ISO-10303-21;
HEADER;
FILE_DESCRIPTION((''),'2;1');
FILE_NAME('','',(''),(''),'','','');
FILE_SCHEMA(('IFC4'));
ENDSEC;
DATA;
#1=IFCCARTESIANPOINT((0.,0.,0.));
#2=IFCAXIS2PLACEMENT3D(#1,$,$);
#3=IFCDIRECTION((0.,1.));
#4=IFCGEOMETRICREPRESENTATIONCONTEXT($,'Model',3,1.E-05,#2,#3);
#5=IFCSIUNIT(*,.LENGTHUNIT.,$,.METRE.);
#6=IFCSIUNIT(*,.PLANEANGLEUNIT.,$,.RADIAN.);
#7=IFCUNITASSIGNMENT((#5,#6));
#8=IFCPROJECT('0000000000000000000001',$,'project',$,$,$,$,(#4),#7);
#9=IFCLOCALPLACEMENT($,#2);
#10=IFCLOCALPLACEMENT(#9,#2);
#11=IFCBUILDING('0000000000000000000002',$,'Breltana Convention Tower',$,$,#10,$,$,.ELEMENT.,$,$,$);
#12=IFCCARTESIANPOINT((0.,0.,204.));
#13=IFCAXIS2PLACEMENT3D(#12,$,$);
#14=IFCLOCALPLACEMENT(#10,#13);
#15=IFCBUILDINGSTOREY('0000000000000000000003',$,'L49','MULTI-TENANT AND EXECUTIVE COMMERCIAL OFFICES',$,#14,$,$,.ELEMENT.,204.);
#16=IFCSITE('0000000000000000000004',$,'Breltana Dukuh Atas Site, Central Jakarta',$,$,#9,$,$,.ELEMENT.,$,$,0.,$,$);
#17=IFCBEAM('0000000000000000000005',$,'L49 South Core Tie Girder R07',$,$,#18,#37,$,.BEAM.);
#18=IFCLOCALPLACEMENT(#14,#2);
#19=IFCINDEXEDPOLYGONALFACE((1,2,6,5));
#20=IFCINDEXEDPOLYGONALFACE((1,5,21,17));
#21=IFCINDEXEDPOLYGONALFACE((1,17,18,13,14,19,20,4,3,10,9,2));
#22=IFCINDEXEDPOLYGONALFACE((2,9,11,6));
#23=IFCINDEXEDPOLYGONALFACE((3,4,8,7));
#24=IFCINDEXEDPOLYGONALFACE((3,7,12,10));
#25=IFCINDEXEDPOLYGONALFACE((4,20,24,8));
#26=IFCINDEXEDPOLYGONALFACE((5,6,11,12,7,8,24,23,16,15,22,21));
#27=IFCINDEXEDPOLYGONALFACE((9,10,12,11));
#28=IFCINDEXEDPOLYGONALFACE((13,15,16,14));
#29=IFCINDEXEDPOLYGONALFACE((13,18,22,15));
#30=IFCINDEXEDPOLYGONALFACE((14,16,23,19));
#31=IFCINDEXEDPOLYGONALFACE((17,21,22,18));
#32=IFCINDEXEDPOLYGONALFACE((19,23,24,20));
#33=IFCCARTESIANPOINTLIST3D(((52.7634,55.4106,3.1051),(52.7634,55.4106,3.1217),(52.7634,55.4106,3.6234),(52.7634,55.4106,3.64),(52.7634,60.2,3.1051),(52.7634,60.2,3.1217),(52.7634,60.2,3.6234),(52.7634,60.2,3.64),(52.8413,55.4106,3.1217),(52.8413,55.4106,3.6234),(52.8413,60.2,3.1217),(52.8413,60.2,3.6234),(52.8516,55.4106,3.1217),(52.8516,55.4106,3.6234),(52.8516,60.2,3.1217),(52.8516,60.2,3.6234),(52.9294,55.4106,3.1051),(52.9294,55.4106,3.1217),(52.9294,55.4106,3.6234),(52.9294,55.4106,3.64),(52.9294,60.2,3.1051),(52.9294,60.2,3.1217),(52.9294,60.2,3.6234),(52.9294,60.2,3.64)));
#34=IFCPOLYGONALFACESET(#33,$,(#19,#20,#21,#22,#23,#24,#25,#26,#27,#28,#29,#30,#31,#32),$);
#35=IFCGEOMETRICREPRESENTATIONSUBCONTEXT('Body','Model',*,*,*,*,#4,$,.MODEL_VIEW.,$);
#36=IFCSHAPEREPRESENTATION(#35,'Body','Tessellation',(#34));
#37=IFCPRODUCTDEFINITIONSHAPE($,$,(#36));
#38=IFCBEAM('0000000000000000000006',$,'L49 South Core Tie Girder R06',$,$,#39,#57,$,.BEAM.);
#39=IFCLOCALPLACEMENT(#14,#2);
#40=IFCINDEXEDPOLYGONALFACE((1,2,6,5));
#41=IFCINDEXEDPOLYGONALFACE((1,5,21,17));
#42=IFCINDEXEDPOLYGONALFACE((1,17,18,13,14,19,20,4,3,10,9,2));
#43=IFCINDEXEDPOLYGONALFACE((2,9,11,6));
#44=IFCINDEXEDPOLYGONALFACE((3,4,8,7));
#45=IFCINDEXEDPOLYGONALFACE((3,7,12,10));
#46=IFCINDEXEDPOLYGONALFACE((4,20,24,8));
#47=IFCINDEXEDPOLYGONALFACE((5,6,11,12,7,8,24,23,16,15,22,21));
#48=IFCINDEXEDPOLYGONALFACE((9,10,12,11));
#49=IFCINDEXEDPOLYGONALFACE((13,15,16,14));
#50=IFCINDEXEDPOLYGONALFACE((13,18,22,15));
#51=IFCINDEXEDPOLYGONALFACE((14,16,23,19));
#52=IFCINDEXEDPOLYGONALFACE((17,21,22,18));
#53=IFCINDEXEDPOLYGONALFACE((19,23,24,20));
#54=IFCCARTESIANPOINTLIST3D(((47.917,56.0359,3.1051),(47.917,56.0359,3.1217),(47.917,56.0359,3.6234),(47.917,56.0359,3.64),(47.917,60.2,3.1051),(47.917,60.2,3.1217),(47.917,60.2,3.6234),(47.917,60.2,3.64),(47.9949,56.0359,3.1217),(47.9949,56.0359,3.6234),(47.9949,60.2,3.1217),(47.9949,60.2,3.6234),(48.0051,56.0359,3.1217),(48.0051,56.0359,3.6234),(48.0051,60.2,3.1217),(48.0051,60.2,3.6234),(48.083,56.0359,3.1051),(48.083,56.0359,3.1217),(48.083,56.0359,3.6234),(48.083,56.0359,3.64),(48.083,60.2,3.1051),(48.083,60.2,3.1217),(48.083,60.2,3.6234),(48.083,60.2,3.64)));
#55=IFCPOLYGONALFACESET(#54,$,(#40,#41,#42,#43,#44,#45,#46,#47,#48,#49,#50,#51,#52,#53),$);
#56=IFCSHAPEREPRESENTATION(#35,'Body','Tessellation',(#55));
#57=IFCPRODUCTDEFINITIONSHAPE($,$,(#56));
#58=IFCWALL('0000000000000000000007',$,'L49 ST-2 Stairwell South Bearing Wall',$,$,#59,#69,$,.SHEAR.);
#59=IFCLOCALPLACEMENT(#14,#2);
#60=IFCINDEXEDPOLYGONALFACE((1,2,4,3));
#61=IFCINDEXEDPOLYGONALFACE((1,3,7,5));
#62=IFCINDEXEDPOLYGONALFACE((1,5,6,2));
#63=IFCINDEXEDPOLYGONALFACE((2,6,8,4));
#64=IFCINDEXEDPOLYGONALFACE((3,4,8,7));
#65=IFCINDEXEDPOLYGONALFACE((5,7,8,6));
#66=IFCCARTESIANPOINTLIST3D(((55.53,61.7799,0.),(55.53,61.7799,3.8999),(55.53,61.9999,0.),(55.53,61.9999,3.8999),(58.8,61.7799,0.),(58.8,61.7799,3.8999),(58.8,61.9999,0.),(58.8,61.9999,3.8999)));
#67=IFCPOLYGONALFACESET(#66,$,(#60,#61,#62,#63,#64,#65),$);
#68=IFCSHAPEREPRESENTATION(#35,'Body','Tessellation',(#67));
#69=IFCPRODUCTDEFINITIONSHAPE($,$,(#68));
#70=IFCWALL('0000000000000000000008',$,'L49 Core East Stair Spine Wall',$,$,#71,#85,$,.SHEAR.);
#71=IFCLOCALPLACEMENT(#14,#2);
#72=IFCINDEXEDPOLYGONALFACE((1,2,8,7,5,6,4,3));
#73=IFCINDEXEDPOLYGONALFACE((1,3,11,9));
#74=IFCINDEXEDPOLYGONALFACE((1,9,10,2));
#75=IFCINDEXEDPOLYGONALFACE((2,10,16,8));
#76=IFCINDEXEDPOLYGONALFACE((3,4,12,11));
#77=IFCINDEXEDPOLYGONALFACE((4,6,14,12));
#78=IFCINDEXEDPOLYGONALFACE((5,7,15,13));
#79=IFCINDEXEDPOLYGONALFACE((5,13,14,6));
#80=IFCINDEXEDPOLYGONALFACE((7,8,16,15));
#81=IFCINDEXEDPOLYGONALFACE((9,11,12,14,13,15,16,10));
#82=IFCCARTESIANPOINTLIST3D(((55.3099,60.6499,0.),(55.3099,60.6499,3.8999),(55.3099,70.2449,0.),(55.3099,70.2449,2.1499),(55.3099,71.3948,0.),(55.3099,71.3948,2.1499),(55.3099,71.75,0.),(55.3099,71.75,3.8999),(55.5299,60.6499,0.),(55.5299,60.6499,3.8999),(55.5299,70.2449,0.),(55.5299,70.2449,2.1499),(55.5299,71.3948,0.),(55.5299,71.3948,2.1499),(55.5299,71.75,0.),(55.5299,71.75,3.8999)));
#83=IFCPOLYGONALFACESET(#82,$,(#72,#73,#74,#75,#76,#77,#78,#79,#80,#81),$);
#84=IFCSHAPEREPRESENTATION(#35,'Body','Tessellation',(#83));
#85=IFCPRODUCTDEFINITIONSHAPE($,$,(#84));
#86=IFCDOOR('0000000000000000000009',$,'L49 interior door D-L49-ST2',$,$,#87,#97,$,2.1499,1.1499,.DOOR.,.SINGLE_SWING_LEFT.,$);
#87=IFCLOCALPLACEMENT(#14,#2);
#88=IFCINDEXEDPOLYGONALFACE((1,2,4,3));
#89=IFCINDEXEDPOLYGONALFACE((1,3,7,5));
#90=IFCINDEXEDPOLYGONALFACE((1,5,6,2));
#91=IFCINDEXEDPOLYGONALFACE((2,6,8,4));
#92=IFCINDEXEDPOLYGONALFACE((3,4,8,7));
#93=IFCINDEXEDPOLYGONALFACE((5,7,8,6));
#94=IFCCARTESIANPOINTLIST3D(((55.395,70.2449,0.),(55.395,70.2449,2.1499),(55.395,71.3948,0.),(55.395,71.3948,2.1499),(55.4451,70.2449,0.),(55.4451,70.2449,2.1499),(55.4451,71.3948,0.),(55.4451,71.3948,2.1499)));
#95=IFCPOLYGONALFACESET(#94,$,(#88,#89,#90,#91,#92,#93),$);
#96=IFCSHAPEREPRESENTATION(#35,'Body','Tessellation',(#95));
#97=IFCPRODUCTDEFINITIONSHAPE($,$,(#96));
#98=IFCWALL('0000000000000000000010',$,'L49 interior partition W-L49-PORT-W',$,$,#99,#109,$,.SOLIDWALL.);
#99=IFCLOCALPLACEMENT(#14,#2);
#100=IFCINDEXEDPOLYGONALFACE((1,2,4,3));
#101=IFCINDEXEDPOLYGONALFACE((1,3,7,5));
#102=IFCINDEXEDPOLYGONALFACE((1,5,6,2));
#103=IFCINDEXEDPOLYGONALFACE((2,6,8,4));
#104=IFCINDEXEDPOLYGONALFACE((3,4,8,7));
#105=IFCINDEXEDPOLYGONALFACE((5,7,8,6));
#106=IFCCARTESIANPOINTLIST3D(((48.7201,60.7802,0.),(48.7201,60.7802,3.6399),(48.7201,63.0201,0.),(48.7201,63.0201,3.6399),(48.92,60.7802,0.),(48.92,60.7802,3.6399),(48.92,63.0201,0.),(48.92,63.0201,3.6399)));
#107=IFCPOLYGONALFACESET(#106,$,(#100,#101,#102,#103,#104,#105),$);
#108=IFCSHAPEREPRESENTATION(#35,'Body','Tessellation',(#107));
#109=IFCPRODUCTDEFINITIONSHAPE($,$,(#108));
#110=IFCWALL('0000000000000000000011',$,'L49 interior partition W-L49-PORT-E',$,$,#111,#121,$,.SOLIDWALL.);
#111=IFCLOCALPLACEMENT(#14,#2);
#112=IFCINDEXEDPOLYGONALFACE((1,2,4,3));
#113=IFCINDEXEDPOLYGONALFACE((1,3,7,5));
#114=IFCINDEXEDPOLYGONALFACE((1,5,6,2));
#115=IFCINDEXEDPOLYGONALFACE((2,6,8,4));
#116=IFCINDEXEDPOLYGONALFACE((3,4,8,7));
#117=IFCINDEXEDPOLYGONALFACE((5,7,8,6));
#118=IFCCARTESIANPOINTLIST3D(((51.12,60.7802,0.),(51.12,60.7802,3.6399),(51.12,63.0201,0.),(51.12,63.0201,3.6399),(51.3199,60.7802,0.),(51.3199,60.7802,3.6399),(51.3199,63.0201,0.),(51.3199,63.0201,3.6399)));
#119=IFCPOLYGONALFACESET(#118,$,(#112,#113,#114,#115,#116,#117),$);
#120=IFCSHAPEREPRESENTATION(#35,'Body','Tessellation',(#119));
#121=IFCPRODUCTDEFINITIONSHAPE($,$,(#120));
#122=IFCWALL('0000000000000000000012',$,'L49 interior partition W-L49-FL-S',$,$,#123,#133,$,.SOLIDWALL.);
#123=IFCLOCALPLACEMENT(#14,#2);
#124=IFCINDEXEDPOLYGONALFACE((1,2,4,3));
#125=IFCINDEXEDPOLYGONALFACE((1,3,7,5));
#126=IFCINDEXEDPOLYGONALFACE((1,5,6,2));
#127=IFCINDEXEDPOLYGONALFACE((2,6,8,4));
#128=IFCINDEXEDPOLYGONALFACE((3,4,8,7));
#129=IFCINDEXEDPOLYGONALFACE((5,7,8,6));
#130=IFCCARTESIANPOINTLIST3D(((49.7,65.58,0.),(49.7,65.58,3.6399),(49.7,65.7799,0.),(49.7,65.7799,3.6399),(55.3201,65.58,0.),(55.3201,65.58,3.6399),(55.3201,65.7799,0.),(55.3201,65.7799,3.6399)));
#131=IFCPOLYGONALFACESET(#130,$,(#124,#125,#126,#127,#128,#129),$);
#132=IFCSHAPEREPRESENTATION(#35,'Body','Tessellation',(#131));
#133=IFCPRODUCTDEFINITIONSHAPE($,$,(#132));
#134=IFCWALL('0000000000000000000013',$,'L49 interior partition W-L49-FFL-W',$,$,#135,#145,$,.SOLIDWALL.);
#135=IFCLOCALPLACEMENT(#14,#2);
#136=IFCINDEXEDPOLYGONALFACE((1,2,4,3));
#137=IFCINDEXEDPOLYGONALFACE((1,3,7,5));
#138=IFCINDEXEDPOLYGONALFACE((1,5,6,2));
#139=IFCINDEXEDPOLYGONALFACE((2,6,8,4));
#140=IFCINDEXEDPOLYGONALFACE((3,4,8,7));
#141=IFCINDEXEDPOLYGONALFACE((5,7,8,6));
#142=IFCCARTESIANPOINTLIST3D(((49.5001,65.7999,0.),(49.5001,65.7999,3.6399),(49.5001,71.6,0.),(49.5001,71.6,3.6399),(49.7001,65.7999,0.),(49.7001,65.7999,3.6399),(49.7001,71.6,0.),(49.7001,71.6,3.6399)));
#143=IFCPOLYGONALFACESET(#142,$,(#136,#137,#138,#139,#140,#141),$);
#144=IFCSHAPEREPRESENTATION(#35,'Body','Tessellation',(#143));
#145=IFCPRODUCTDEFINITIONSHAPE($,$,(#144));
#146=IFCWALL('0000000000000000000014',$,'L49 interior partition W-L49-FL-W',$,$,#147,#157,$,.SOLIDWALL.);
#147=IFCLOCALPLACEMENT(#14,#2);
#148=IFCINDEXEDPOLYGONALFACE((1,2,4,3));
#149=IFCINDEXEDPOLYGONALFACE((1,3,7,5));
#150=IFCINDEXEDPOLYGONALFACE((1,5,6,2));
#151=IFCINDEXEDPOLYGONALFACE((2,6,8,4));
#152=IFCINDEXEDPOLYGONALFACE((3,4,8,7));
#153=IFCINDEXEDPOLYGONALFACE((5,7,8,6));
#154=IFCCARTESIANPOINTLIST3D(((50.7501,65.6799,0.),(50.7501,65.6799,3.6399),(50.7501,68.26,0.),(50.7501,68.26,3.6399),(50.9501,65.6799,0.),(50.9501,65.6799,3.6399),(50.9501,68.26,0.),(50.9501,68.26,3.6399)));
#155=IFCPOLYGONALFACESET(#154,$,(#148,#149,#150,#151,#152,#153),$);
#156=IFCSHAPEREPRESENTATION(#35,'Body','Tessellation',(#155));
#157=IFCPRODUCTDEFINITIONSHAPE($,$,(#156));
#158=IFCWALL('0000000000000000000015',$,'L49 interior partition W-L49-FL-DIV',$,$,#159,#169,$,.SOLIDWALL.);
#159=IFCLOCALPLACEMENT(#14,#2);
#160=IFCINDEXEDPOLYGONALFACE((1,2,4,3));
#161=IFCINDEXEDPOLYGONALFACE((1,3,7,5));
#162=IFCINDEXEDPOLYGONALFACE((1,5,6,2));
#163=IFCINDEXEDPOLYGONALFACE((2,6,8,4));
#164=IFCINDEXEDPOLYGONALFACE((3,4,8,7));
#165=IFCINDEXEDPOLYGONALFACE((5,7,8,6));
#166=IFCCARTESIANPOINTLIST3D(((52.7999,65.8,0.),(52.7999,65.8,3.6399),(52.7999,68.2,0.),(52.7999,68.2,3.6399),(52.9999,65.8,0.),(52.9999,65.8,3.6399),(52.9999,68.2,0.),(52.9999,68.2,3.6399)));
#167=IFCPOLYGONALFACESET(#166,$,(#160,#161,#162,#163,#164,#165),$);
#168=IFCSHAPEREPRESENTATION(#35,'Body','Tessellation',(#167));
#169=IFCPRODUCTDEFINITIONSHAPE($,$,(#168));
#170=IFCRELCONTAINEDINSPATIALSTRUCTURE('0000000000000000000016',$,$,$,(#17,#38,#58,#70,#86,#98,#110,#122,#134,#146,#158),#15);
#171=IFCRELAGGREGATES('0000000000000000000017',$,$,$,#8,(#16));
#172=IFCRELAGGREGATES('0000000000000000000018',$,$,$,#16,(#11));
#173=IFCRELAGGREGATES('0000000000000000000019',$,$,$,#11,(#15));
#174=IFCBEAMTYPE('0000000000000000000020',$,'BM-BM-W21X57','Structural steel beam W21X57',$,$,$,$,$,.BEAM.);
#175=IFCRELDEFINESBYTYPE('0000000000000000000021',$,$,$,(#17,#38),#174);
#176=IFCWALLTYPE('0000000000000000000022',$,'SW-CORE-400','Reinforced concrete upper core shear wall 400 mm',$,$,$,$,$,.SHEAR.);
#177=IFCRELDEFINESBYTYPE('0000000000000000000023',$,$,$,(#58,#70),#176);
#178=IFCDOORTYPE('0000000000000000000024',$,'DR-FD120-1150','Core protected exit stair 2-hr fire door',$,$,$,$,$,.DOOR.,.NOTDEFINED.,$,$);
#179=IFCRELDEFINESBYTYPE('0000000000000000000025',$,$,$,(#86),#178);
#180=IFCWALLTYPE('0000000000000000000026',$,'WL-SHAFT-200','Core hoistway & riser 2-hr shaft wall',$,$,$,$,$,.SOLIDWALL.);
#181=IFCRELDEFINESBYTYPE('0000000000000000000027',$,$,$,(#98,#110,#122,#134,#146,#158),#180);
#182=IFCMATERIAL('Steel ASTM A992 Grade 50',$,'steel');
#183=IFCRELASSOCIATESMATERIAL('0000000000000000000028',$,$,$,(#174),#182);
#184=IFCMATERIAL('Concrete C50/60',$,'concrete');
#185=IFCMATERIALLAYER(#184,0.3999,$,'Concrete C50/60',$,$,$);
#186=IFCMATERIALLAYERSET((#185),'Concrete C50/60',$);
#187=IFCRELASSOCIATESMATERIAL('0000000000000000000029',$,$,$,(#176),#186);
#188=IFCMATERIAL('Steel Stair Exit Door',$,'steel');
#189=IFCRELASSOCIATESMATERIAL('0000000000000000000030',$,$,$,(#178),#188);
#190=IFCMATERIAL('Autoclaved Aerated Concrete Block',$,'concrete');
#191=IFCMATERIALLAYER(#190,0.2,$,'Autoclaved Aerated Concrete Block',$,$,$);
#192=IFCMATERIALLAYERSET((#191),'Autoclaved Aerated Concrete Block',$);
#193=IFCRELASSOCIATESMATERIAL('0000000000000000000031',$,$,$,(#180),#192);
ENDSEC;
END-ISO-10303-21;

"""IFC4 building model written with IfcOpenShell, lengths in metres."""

from ifc_helpers import new_model, si_unit, direction, frame, frame_2d, origin, origin_2d, place, context, subcontext, project, spatial, rectangle, i_section, extrude, source, transform, mapped, material, layer, layer_set, material_profile, profile_set, type_object, type_shapes, element, fill, save


model = new_model("IFC4")

# Units and contexts
model_context = context("Model", 3, precision=1e-05, world=origin(), true_north=direction((0.0, 1.0)))
body_context = subcontext(model_context, "Body", "Model", "MODEL_VIEW")
ifc_project = project(units=[si_unit("LENGTHUNIT", "METRE"), si_unit("PLANEANGLEUNIT", "RADIAN")], contexts=[model_context])

# Site, building, storey
site_placement = place(None, origin())
site = spatial("IfcSite", under=ifc_project, at=site_placement, Name="Breltana Dukuh Atas Site, Central Jakarta", CompositionType="ELEMENT", RefElevation=0.0)
building_placement = place(site_placement, origin())
building = spatial("IfcBuilding", under=site, at=building_placement, Name="Breltana Convention Tower", CompositionType="ELEMENT")
storey_placement = place(building_placement, frame((0.0, 0.0, 204.0)))
storey = spatial("IfcBuildingStorey", under=building, at=storey_placement, Name="L49", Description="MULTI-TENANT AND EXECUTIVE COMMERCIAL OFFICES", CompositionType="ELEMENT", Elevation=204.0)

# Beams
ifc_material_1 = material(Name="Steel ASTM A992 Grade 50", Category="steel")
ifc_material_profile = material_profile(ifc_material_1, i_section(OverallWidth=0.166, OverallDepth=0.5349, WebThickness=0.0103, FlangeThickness=0.0166, at=origin_2d()), Name="W21X57")
ifc_profile_set = profile_set([ifc_material_profile], Name="Steel ASTM A992 Grade 50")
beam_type = type_object("IfcBeamType", Name="BM-BM-W21X57", Description="Structural steel beam W21X57", PredefinedType="BEAM", material=ifc_profile_set)
shared_shape_1 = source(origin(), body_context, "Body", "SweptSolid", [
    extrude(i_section(OverallWidth=0.166, OverallDepth=0.5349, WebThickness=0.0103, FlangeThickness=0.0166, at=origin_2d()), origin(), (0.0, 0.0, 1.0), 4.7893),
])
beam_1_placement = place(storey_placement, frame((52.8464, 60.2, 3.3726), z_axis=(0.0, -1.0, 0.0), x_axis=(1.0, 0.0, 0.0)))
element("IfcBeam", 1, at=beam_1_placement, inside=storey, type_object=beam_type, Name="L49 South Core Tie Girder R07", PredefinedType="BEAM", context=body_context, shape_type="MappedRepresentation", body=[
    mapped(shared_shape_1, transform((0.0, 0.0, 0.0), scale=1.0)),
])
shared_shape_2 = source(origin(), body_context, "Body", "SweptSolid", [
    extrude(i_section(OverallWidth=0.166, OverallDepth=0.5349, WebThickness=0.0103, FlangeThickness=0.0166, at=origin_2d()), origin(), (0.0, 0.0, 1.0), 4.1641),
])
beam_2_placement = place(storey_placement, frame((48.0, 60.2, 3.3726), z_axis=(0.0, -1.0, 0.0), x_axis=(1.0, 0.0, 0.0)))
element("IfcBeam", 2, at=beam_2_placement, inside=storey, type_object=beam_type, Name="L49 South Core Tie Girder R06", PredefinedType="BEAM", context=body_context, shape_type="MappedRepresentation", body=[
    mapped(shared_shape_2, transform((0.0, 0.0, 0.0), scale=1.0)),
])

# Wall
ifc_material_2 = material(Name="Concrete C50/60", Category="concrete")
ifc_layer_1 = layer(ifc_material_2, 0.3999, Name="Concrete C50/60")
ifc_layer_set_1 = layer_set([ifc_layer_1], Name="Concrete C50/60")
wall_type_1 = type_object("IfcWallType", Name="SW-CORE-400", Description="Reinforced concrete upper core shear wall 400 mm", PredefinedType="SHEAR", material=ifc_layer_set_1)
shared_shape_3 = source(origin(), body_context, "Body", "SweptSolid", [
    extrude(rectangle(XDim=3.27, YDim=0.22, at=frame_2d((1.635, 0.0))), origin(), (0.0, 0.0, 1.0), 3.8999),
])
wall_1_placement = place(storey_placement, frame((55.53, 61.8899, 0.0), z_axis=(0.0, 0.0, 1.0), x_axis=(1.0, 0.0, 0.0)))
element("IfcWall", 3, at=wall_1_placement, inside=storey, type_object=wall_type_1, Name="L49 ST-2 Stairwell South Bearing Wall", PredefinedType="SHEAR", context=body_context, shape_type="MappedRepresentation", body=[
    mapped(shared_shape_3, transform((0.0, 0.0, 0.0), scale=1.0)),
])

# Wall, opening, door
shared_shape_4 = source(origin(), body_context, "Body", "SweptSolid", [
    extrude(rectangle(XDim=11.1001, YDim=0.22, at=frame_2d((5.55, 0.0))), origin(), (0.0, 0.0, 1.0), 3.8999),
])
wall_2_placement = place(storey_placement, frame((55.4199, 60.6499, 0.0), z_axis=(0.0, 0.0, 1.0), x_axis=(0.0, 1.0, 0.0)))
wall_2 = element("IfcWall", 4, at=wall_2_placement, inside=storey, type_object=wall_type_1, Name="L49 Core East Stair Spine Wall", PredefinedType="SHEAR", context=body_context, shape_type="MappedRepresentation", body=[
    mapped(shared_shape_4, transform((0.0, 0.0, 0.0), scale=1.0)),
])
opening_1_placement = place(wall_2_placement, frame((9.595, 0.0, 0.0)))
opening_1 = element("IfcOpeningElement", 5, at=opening_1_placement, cuts=wall_2, PredefinedType="OPENING", context=body_context, shape_type="SweptSolid", body=[
    extrude(rectangle(XDim=1.1499, YDim=2.1499, at=frame_2d((0.575, 1.075))), frame((0.0, 0.1201, 0.0), z_axis=(0.0, -1.0, 0.0), x_axis=(1.0, 0.0, 0.0)), (0.0, 0.0, 1.0), 0.24),
])
ifc_material_3 = material(Name="Steel Stair Exit Door", Category="steel")
door_type_1 = type_object("IfcDoorType", Name="DR-FD120-1150", Description="Core protected exit stair 2-hr fire door", OperationType="NOTDEFINED", PredefinedType="DOOR", material=ifc_material_3)
shared_shape_5 = source(origin(), body_context, "Body", "SweptSolid", [
    extrude(rectangle(XDim=1.1499, YDim=2.1499, at=frame_2d((0.575, 1.075))), frame((0.0, 0.0249, 0.0), z_axis=(0.0, -1.0, 0.0), x_axis=(1.0, 0.0, 0.0)), (0.0, 0.0, 1.0), 0.05),
])
type_shapes(door_type_1, [shared_shape_5])
door_1_placement = place(opening_1_placement, origin())
door_1 = element("IfcDoor", 6, at=door_1_placement, inside=storey, type_object=door_type_1, Name="L49 interior door D-L49-ST2", OperationType="SINGLE_SWING_LEFT", OverallHeight=2.1499, OverallWidth=1.1499, PredefinedType="DOOR", context=body_context, shape_type="MappedRepresentation", body=[
    mapped(shared_shape_5, transform((0.0, 0.0, 0.0), scale=1.0)),
])
fill(opening_1, door_1)

# Walls
ifc_material_4 = material(Name="Autoclaved Aerated Concrete Block", Category="concrete")
ifc_layer_2 = layer(ifc_material_4, 0.2, Name="Autoclaved Aerated Concrete Block")
ifc_layer_set_2 = layer_set([ifc_layer_2], Name="Autoclaved Aerated Concrete Block")
wall_type_2 = type_object("IfcWallType", Name="WL-SHAFT-200", Description="Core hoistway & riser 2-hr shaft wall", PredefinedType="SOLIDWALL", material=ifc_layer_set_2)
shared_shape_6 = source(origin(), body_context, "Body", "SweptSolid", [
    extrude(rectangle(XDim=2.24, YDim=0.2, at=frame_2d((1.1201, 0.0))), origin(), (0.0, 0.0, 1.0), 3.6399),
])
for number, where, z_axis, x_axis, name in (
    (7, (48.8201, 60.78, 0.0), (0.0, 0.0, 1.0), (0.0, 1.0, 0.0), "L49 interior partition W-L49-PORT-W"),
    (8, (51.22, 60.78, 0.0), (0.0, 0.0, 1.0), (0.0, 1.0, 0.0), "L49 interior partition W-L49-PORT-E"),
):
    element("IfcWall", number, at=place(storey_placement, frame(where, z_axis=z_axis, x_axis=x_axis)), inside=storey, type_object=wall_type_2, Name=name, PredefinedType="SOLIDWALL", context=body_context, shape_type="MappedRepresentation", body=[
        mapped(shared_shape_6, transform((0.0, 0.0, 0.0), scale=1.0)),
    ])

# Shared definitions
shared_shape_7 = source(origin(), body_context, "Body", "SweptSolid", [
    extrude(rectangle(XDim=5.6201, YDim=0.2, at=frame_2d((2.8101, 0.0))), origin(), (0.0, 0.0, 1.0), 3.6399),
])

# Walls
wall_3_placement = place(storey_placement, frame((49.7, 65.6799, 0.0), z_axis=(0.0, 0.0, 1.0), x_axis=(1.0, 0.0, 0.0)))
element("IfcWall", 9, at=wall_3_placement, inside=storey, type_object=wall_type_2, Name="L49 interior partition W-L49-FL-S", PredefinedType="SOLIDWALL", context=body_context, shape_type="MappedRepresentation", body=[
    mapped(shared_shape_7, transform((0.0, 0.0, 0.0), scale=1.0)),
])
shared_shape_8 = source(origin(), body_context, "Body", "SweptSolid", [
    extrude(rectangle(XDim=5.8, YDim=0.2, at=frame_2d((2.8999, 0.0))), origin(), (0.0, 0.0, 1.0), 3.6399),
])
wall_4_placement = place(storey_placement, frame((49.6001, 65.8, 0.0), z_axis=(0.0, 0.0, 1.0), x_axis=(0.0, 1.0, 0.0)))
element("IfcWall", 10, at=wall_4_placement, inside=storey, type_object=wall_type_2, Name="L49 interior partition W-L49-FFL-W", PredefinedType="SOLIDWALL", context=body_context, shape_type="MappedRepresentation", body=[
    mapped(shared_shape_8, transform((0.0, 0.0, 0.0), scale=1.0)),
])
shared_shape_9 = source(origin(), body_context, "Body", "SweptSolid", [
    extrude(rectangle(XDim=2.5801, YDim=0.2, at=frame_2d((1.29, 0.0))), origin(), (0.0, 0.0, 1.0), 3.6399),
])
wall_5_placement = place(storey_placement, frame((50.8501, 65.6799, 0.0), z_axis=(0.0, 0.0, 1.0), x_axis=(0.0, 1.0, 0.0)))
element("IfcWall", 11, at=wall_5_placement, inside=storey, type_object=wall_type_2, Name="L49 interior partition W-L49-FL-W", PredefinedType="SOLIDWALL", context=body_context, shape_type="MappedRepresentation", body=[
    mapped(shared_shape_9, transform((0.0, 0.0, 0.0), scale=1.0)),
])
shared_shape_10 = source(origin(), body_context, "Body", "SweptSolid", [
    extrude(rectangle(XDim=2.3999, YDim=0.2, at=frame_2d((1.2, 0.0))), origin(), (0.0, 0.0, 1.0), 3.6399),
])
for number, where, z_axis, x_axis, name in (
    (12, (52.8999, 65.8, 0.0), (0.0, 0.0, 1.0), (0.0, 1.0, 0.0), "L49 interior partition W-L49-FL-DIV"),
):
    element("IfcWall", number, at=place(storey_placement, frame(where, z_axis=z_axis, x_axis=x_axis)), inside=storey, type_object=wall_type_2, Name=name, PredefinedType="SOLIDWALL", context=body_context, shape_type="MappedRepresentation", body=[
        mapped(shared_shape_10, transform((0.0, 0.0, 0.0), scale=1.0)),
    ])

save(model, "model.ifc")
